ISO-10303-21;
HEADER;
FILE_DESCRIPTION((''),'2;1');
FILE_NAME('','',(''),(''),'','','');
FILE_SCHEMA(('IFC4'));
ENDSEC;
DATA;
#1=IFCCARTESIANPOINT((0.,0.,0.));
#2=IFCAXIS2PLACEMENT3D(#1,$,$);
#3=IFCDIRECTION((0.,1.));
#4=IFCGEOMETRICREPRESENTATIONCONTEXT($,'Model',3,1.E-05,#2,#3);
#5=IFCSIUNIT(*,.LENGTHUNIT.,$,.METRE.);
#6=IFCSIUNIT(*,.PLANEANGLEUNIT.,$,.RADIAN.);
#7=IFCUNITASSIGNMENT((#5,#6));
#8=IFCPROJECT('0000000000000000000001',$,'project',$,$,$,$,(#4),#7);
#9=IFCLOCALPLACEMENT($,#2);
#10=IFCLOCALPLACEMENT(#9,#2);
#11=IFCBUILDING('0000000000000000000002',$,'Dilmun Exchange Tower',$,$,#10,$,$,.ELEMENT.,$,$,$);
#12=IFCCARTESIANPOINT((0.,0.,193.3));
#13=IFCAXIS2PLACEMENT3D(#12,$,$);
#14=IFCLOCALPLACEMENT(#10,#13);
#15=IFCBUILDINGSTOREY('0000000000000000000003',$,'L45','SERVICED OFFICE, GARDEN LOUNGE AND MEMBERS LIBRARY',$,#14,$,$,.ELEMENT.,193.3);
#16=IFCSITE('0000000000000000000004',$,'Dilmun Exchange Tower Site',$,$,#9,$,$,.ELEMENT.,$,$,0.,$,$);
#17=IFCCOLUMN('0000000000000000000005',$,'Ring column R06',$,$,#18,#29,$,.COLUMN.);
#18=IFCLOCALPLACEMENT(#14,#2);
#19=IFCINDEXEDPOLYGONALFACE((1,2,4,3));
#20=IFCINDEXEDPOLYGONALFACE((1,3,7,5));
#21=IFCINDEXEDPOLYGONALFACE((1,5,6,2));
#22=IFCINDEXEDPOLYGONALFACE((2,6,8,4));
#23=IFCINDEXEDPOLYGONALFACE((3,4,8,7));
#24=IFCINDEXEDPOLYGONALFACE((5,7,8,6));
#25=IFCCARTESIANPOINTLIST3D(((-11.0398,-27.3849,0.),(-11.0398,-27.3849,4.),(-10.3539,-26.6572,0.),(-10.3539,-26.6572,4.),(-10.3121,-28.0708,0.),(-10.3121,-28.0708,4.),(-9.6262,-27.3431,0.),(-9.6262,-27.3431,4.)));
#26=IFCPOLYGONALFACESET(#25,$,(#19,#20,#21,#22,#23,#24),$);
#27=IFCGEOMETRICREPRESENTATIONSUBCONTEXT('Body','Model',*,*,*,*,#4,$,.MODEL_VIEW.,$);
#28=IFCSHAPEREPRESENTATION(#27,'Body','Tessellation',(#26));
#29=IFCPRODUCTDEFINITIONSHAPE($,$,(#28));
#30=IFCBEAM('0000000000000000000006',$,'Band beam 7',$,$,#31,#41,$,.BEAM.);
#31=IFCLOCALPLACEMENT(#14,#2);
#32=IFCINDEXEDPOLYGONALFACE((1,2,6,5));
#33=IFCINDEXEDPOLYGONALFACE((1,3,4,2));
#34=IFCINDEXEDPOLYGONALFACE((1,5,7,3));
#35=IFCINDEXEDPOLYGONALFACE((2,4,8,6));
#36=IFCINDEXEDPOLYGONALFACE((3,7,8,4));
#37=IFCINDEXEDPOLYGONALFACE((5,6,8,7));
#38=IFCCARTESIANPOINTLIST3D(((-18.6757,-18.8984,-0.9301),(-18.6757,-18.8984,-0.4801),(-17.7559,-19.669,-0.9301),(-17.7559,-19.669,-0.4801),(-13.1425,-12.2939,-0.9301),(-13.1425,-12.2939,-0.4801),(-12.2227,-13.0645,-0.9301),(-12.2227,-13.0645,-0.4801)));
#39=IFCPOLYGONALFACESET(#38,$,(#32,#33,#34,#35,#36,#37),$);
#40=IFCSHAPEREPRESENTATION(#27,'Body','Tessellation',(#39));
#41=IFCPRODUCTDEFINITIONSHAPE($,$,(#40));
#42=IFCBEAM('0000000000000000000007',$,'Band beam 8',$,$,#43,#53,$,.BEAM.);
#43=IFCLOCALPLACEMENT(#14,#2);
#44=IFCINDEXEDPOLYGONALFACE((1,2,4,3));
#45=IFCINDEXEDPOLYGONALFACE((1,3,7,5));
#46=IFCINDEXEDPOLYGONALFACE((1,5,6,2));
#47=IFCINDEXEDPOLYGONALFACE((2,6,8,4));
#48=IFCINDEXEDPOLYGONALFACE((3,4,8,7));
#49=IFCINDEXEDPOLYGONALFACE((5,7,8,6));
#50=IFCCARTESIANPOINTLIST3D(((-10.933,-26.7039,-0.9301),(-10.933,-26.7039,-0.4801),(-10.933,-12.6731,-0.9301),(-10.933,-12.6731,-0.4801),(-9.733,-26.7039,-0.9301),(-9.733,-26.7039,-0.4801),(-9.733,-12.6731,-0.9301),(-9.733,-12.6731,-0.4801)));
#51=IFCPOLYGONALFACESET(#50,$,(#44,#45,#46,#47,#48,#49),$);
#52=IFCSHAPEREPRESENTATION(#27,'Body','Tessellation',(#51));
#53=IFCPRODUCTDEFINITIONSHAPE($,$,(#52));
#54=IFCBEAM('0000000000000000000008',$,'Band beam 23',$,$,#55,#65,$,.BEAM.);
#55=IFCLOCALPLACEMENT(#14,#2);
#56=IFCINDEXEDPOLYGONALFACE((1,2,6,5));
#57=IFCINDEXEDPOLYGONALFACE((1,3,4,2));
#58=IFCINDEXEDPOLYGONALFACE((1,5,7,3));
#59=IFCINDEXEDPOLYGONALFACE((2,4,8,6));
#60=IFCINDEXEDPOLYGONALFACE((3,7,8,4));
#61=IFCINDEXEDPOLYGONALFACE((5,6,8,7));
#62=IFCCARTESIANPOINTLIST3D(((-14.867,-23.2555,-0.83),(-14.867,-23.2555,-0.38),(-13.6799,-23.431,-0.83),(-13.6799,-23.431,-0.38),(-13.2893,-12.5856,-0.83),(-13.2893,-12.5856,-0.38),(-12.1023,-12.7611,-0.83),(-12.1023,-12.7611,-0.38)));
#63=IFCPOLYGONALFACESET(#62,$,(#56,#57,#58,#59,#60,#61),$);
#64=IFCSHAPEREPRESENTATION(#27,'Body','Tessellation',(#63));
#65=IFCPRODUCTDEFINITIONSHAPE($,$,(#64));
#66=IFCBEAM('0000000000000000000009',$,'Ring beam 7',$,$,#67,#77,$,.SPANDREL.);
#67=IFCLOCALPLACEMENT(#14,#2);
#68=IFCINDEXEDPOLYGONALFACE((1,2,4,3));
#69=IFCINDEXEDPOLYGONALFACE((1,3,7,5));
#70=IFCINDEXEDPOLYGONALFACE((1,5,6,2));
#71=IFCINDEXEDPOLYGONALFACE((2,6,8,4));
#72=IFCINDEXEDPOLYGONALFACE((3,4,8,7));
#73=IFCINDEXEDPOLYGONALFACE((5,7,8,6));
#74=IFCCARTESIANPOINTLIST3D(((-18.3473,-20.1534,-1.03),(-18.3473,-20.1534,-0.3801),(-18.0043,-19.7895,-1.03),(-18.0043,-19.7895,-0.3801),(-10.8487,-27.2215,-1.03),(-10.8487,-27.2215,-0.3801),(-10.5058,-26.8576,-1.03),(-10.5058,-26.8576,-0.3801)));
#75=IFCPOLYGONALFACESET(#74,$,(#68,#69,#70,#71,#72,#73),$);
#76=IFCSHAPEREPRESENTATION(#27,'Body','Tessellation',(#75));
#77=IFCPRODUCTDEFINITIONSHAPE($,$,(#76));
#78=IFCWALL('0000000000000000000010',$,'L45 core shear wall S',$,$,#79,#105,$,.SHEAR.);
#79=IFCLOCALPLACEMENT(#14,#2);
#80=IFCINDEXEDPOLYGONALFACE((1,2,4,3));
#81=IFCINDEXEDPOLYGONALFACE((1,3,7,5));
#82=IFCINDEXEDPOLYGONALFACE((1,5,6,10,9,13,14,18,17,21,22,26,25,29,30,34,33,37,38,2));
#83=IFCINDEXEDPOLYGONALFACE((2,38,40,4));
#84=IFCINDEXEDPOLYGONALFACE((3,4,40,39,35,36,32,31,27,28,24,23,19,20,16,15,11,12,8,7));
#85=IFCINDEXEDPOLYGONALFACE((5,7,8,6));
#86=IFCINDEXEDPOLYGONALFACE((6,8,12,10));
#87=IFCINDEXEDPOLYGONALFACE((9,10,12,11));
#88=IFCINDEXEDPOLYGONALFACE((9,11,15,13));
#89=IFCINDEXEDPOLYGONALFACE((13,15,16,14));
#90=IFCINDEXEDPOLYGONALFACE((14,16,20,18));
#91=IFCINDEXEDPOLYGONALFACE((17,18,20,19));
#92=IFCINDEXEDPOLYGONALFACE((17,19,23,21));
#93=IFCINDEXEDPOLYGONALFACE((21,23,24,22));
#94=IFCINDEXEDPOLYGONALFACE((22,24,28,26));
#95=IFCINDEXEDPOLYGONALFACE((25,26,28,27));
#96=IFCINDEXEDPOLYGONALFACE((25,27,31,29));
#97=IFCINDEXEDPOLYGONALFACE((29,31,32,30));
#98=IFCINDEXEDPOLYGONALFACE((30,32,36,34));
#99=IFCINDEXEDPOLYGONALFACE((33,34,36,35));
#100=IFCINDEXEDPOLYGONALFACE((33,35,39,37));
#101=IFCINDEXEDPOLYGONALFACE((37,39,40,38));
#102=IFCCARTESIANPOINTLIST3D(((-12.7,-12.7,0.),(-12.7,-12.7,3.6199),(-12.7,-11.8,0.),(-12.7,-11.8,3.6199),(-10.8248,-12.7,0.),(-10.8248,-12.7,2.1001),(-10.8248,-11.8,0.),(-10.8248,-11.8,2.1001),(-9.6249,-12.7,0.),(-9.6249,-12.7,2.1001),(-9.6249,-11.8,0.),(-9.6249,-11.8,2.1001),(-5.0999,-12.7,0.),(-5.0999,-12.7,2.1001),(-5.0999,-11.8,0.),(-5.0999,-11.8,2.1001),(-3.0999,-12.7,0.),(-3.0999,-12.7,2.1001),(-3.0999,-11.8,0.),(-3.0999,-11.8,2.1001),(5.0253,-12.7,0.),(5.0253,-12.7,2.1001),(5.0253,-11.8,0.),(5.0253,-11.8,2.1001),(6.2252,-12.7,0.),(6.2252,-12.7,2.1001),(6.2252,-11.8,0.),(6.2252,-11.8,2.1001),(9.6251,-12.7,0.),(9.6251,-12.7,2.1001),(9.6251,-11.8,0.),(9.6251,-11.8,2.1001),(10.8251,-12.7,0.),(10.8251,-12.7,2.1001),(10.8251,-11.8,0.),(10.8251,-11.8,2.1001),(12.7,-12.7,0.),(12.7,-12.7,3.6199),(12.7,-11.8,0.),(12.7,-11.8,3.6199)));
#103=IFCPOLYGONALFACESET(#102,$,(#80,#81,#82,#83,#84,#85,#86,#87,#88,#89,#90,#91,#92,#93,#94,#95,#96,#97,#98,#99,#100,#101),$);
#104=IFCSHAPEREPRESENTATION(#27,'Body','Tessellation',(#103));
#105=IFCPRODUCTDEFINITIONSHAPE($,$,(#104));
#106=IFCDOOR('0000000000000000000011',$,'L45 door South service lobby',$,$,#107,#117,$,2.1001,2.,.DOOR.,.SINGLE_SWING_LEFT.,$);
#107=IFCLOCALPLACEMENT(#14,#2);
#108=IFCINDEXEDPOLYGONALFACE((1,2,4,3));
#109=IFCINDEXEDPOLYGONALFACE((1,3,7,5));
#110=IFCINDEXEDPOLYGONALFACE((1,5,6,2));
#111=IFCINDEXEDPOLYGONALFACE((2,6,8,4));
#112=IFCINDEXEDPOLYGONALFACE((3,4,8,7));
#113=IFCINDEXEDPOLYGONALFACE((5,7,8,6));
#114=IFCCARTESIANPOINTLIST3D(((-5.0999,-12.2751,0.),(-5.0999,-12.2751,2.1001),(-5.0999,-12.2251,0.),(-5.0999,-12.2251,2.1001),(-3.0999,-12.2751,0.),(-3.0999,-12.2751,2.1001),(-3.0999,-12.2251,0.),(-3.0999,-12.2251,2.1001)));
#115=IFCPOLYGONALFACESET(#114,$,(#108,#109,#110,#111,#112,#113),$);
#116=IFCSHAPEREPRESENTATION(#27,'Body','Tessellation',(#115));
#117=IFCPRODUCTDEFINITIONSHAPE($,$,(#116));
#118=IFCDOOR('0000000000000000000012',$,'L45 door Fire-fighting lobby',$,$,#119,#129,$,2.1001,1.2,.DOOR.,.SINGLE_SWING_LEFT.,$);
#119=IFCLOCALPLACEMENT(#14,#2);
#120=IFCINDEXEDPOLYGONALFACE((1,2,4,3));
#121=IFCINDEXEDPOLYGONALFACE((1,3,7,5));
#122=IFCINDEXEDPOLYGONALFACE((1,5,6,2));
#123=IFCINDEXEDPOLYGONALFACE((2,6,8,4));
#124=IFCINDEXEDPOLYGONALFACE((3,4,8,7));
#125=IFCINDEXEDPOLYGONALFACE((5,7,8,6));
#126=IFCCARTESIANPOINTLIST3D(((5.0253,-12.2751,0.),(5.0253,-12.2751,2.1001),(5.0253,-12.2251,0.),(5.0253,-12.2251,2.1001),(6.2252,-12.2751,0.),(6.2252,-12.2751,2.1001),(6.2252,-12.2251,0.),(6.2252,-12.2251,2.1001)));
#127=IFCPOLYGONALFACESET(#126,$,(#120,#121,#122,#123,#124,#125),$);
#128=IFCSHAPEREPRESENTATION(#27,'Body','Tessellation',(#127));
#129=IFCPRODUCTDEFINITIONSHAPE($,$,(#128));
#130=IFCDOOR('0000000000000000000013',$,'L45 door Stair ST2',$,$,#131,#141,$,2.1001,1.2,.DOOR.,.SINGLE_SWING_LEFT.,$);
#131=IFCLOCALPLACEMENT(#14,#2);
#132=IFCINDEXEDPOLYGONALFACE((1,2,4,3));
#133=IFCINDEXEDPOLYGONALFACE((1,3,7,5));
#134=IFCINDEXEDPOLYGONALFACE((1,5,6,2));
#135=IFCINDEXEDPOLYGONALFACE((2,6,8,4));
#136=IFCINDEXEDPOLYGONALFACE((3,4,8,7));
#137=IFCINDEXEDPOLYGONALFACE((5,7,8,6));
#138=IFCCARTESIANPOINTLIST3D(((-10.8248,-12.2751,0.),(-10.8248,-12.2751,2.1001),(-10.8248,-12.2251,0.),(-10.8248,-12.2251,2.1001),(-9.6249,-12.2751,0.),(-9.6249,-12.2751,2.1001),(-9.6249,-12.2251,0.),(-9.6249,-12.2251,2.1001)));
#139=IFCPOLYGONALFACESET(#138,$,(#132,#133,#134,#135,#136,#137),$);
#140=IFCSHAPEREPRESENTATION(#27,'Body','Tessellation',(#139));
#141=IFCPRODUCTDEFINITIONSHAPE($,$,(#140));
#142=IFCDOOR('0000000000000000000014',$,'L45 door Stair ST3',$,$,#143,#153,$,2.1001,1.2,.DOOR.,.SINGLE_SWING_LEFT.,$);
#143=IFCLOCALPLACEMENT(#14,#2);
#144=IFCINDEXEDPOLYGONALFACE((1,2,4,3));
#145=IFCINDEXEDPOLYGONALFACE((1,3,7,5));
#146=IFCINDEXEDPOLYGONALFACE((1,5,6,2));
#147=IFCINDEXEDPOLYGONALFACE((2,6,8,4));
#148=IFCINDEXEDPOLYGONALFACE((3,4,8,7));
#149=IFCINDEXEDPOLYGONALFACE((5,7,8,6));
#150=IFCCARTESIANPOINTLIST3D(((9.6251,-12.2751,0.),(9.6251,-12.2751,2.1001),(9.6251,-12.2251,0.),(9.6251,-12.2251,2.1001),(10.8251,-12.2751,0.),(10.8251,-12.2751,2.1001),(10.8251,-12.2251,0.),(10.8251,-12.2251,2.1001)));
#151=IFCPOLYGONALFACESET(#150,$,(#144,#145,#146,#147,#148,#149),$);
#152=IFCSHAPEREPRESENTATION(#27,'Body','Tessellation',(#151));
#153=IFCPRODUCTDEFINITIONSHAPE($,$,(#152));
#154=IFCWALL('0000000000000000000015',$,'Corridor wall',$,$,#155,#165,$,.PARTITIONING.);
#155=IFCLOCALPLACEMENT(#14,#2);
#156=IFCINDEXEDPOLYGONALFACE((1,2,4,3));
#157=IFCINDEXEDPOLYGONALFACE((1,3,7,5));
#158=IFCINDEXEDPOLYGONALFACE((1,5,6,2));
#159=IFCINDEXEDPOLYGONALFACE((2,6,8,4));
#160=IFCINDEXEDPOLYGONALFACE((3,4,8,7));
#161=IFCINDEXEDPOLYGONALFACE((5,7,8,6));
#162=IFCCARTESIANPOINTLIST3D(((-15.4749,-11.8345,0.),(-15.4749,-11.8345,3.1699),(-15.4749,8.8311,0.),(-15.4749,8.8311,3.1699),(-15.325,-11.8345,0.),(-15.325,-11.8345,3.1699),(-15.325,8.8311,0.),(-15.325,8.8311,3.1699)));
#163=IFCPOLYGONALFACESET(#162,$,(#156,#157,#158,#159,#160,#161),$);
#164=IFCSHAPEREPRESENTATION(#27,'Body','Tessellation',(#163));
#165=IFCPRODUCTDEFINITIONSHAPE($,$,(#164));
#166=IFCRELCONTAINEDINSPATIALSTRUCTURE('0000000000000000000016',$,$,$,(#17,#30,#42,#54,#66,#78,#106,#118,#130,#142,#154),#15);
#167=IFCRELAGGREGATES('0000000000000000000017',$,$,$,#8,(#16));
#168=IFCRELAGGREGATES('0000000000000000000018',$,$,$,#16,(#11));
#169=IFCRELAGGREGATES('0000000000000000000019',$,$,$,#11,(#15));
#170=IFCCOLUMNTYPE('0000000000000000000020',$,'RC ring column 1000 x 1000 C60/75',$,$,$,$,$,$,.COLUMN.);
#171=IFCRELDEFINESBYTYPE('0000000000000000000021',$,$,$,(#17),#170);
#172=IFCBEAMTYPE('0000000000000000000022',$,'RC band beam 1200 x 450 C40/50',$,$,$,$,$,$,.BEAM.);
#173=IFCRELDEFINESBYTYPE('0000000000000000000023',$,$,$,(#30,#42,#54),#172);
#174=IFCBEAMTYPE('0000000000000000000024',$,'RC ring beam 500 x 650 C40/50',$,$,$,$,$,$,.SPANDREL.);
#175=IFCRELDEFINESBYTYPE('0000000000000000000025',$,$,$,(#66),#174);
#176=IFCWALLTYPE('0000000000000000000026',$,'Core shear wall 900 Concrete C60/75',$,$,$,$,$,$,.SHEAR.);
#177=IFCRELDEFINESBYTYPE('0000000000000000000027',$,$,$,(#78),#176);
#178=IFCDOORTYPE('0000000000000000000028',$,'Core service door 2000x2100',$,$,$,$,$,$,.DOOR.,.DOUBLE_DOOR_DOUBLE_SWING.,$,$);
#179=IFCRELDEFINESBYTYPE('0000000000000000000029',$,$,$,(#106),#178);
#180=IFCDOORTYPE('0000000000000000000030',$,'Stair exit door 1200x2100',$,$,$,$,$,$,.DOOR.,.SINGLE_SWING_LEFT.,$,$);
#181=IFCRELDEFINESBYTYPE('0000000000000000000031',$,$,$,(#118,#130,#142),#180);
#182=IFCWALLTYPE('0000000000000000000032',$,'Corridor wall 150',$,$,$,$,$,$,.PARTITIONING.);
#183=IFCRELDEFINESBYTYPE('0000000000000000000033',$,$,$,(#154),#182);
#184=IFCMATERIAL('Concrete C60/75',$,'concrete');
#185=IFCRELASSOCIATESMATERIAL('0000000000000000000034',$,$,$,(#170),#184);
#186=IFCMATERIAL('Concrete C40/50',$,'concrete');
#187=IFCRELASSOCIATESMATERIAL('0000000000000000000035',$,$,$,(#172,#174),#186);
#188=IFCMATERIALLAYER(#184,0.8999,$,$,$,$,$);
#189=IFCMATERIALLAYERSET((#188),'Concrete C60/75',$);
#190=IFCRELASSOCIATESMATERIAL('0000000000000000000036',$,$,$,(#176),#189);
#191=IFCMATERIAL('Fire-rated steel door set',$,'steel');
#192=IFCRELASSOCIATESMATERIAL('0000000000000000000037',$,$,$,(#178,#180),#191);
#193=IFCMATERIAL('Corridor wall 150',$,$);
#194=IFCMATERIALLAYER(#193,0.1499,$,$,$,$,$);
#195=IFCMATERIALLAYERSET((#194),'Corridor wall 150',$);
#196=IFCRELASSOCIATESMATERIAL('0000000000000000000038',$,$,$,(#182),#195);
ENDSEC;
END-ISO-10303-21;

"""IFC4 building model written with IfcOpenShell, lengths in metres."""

from ifc_helpers import new_model, si_unit, direction, frame, frame_2d, origin, origin_2d, place, context, subcontext, project, spatial, rectangle, extrude, material, layer, layer_set, material_profile, profile_set, type_object, element, fill, save


model = new_model("IFC4")

# Units and contexts
model_context = context("Model", 3, precision=1e-05, world=origin(), true_north=direction((0.0, 1.0)))
body_context = subcontext(model_context, "Body", "Model", "MODEL_VIEW")
ifc_project = project(units=[si_unit("LENGTHUNIT", "METRE"), si_unit("PLANEANGLEUNIT", "RADIAN")], contexts=[model_context])

# Site, building, storey
site_placement = place(None, origin())
site = spatial("IfcSite", under=ifc_project, at=site_placement, Name="Dilmun Exchange Tower Site", CompositionType="ELEMENT", RefElevation=0.0)
building_placement = place(site_placement, origin())
building = spatial("IfcBuilding", under=site, at=building_placement, Name="Dilmun Exchange Tower", CompositionType="ELEMENT")
storey_placement = place(building_placement, frame((0.0, 0.0, 193.3)))
storey = spatial("IfcBuildingStorey", under=building, at=storey_placement, Name="L45", Description="SERVICED OFFICE, GARDEN LOUNGE AND MEMBERS LIBRARY", CompositionType="ELEMENT", Elevation=193.3)

# Column
ifc_material_1 = material(Name="Concrete C60/75", Category="concrete")
ifc_material_profile_1 = material_profile(ifc_material_1, rectangle(XDim=1.0, YDim=1.0, at=origin_2d()), Name="1000 x 1000")
ifc_profile_set_1 = profile_set([ifc_material_profile_1], Name="Concrete C60/75")
column_type = type_object("IfcColumnType", Name="RC ring column 1000 x 1000 C60/75", PredefinedType="COLUMN", material=ifc_profile_set_1)
column_placement = place(storey_placement, frame((-10.333, -27.364, 0.0), z_axis=(0.0, 0.0, 1.0), x_axis=(0.685916, 0.727681, 0.0)))
element("IfcColumn", 1, at=column_placement, inside=storey, type_object=column_type, Name="Ring column R06", PredefinedType="COLUMN", context=body_context, shape_type="SweptSolid", body=[
    extrude(rectangle(XDim=1.0, YDim=1.0, at=origin_2d()), origin(), (0.0, 0.0, 1.0), 4.0),
])

# Beams
ifc_material_2 = material(Name="Concrete C40/50", Category="concrete")
ifc_material_profile_2 = material_profile(ifc_material_2, rectangle(XDim=1.2, YDim=0.45, at=origin_2d()), Name="1200 x 450")
ifc_profile_set_2 = profile_set([ifc_material_profile_2], Name="Concrete C40/50")
beam_type_1 = type_object("IfcBeamType", Name="RC band beam 1200 x 450 C40/50", PredefinedType="BEAM", material=ifc_profile_set_2)
beam_1_placement = place(storey_placement, frame((-18.2158, -19.2837, -0.7051), z_axis=(0.6422, 0.766537, 0.0), x_axis=(-0.766537, 0.6422, 0.0)))
element("IfcBeam", 2, at=beam_1_placement, inside=storey, type_object=beam_type_1, Name="Band beam 7", PredefinedType="BEAM", context=body_context, shape_type="SweptSolid", body=[
    extrude(rectangle(XDim=1.2, YDim=0.45, at=origin_2d()), origin(), (0.0, 0.0, 1.0), 8.616),
])
beam_2_placement = place(storey_placement, frame((-10.333, -26.7039, -0.7051), z_axis=(0.0, 1.0, 0.0), x_axis=(-1.0, 0.0, 0.0)))
element("IfcBeam", 3, at=beam_2_placement, inside=storey, type_object=beam_type_1, Name="Band beam 8", PredefinedType="BEAM", context=body_context, shape_type="SweptSolid", body=[
    extrude(rectangle(XDim=1.2, YDim=0.45, at=origin_2d()), origin(), (0.0, 0.0, 1.0), 14.0308),
])
beam_3_placement = place(storey_placement, frame((-14.2734, -23.3433, -0.605), z_axis=(0.146268, 0.989245, 0.0), x_axis=(-0.989245, 0.146268, 0.0)))
element("IfcBeam", 4, at=beam_3_placement, inside=storey, type_object=beam_type_1, Name="Band beam 23", PredefinedType="BEAM", context=body_context, shape_type="SweptSolid", body=[
    extrude(rectangle(XDim=1.2, YDim=0.45, at=origin_2d()), origin(), (0.0, 0.0, 1.0), 10.7859),
])
ifc_material_profile_3 = material_profile(ifc_material_2, rectangle(XDim=0.5, YDim=0.6499, at=origin_2d()), Name="500 x 650")
ifc_profile_set_3 = profile_set([ifc_material_profile_3], Name="Concrete C40/50")
beam_type_2 = type_object("IfcBeamType", Name="RC ring beam 500 x 650 C40/50", PredefinedType="SPANDREL", material=ifc_profile_set_3)
beam_4_placement = place(storey_placement, frame((-18.1758, -19.9714, -0.7051), z_axis=(0.727683, -0.685914, 0.0), x_axis=(0.685914, 0.727683, 0.0)))
element("IfcBeam", 5, at=beam_4_placement, inside=storey, type_object=beam_type_2, Name="Ring beam 7", PredefinedType="SPANDREL", context=body_context, shape_type="SweptSolid", body=[
    extrude(rectangle(XDim=0.5, YDim=0.6499, at=origin_2d()), origin(), (0.0, 0.0, 1.0), 10.3047),
])

# Wall, openings, doors
ifc_layer_1 = layer(ifc_material_1, 0.8999)
ifc_layer_set_1 = layer_set([ifc_layer_1], Name="Concrete C60/75")
wall_type_1 = type_object("IfcWallType", Name="Core shear wall 900 Concrete C60/75", PredefinedType="SHEAR", material=ifc_layer_set_1)
wall_1_placement = place(storey_placement, frame((-12.7, -12.25, 0.0), z_axis=(0.0, 0.0, 1.0), x_axis=(1.0, 0.0, 0.0)))
wall_1 = element("IfcWall", 6, at=wall_1_placement, inside=storey, type_object=wall_type_1, Name="L45 core shear wall S", PredefinedType="SHEAR", context=body_context, shape_type="SweptSolid", body=[
    extrude(rectangle(XDim=25.3999, YDim=0.8999, at=frame_2d((12.7, 0.0))), origin(), (0.0, 0.0, 1.0), 3.6199),
])
opening_1_placement = place(wall_1_placement, frame((7.6001, 0.0, 0.0)))
opening_1 = element("IfcOpeningElement", 7, at=opening_1_placement, cuts=wall_1, PredefinedType="OPENING", context=body_context, shape_type="SweptSolid", body=[
    extrude(rectangle(XDim=2.0, YDim=2.1001, at=frame_2d((1.0, 1.05))), frame((0.0, 0.46, 0.0), z_axis=(0.0, -1.0, 0.0), x_axis=(1.0, 0.0, 0.0)), (0.0, 0.0, 1.0), 0.9199),
])
opening_2_placement = place(wall_1_placement, frame((17.7251, 0.0, 0.0)))
opening_2 = element("IfcOpeningElement", 8, at=opening_2_placement, cuts=wall_1, PredefinedType="OPENING", context=body_context, shape_type="SweptSolid", body=[
    extrude(rectangle(XDim=1.2, YDim=2.1001, at=frame_2d((0.6001, 1.05))), frame((0.0, 0.46, 0.0), z_axis=(0.0, -1.0, 0.0), x_axis=(1.0, 0.0, 0.0)), (0.0, 0.0, 1.0), 0.9199),
])
opening_3_placement = place(wall_1_placement, frame((1.875, 0.0, 0.0)))
opening_3 = element("IfcOpeningElement", 9, at=opening_3_placement, cuts=wall_1, PredefinedType="OPENING", context=body_context, shape_type="SweptSolid", body=[
    extrude(rectangle(XDim=1.2, YDim=2.1001, at=frame_2d((0.6001, 1.05))), frame((0.0, 0.46, 0.0), z_axis=(0.0, -1.0, 0.0), x_axis=(1.0, 0.0, 0.0)), (0.0, 0.0, 1.0), 0.9199),
])
opening_4_placement = place(wall_1_placement, frame((22.325, 0.0, 0.0)))
opening_4 = element("IfcOpeningElement", 10, at=opening_4_placement, cuts=wall_1, PredefinedType="OPENING", context=body_context, shape_type="SweptSolid", body=[
    extrude(rectangle(XDim=1.2, YDim=2.1001, at=frame_2d((0.6001, 1.05))), frame((0.0, 0.46, 0.0), z_axis=(0.0, -1.0, 0.0), x_axis=(1.0, 0.0, 0.0)), (0.0, 0.0, 1.0), 0.9199),
])
ifc_material_3 = material(Name="Fire-rated steel door set", Category="steel")
door_type_1 = type_object("IfcDoorType", Name="Core service door 2000x2100", OperationType="DOUBLE_DOOR_DOUBLE_SWING", PredefinedType="DOOR", material=ifc_material_3)
door_1_placement = place(opening_1_placement, origin())
door_1 = element("IfcDoor", 11, at=door_1_placement, inside=storey, type_object=door_type_1, Name="L45 door South service lobby", OperationType="SINGLE_SWING_LEFT", OverallHeight=2.1001, OverallWidth=2.0, PredefinedType="DOOR", context=body_context, shape_type="SweptSolid", body=[
    extrude(rectangle(XDim=2.0, YDim=2.1001, at=frame_2d((1.0, 1.05))), frame((0.0, 0.0249, 0.0), z_axis=(0.0, -1.0, 0.0), x_axis=(1.0, 0.0, 0.0)), (0.0, 0.0, 1.0), 0.05),
])
fill(opening_1, door_1)
door_type_2 = type_object("IfcDoorType", Name="Stair exit door 1200x2100", OperationType="SINGLE_SWING_LEFT", PredefinedType="DOOR", material=ifc_material_3)
door_2_placement = place(opening_2_placement, origin())
door_2 = element("IfcDoor", 12, at=door_2_placement, inside=storey, type_object=door_type_2, Name="L45 door Fire-fighting lobby", OperationType="SINGLE_SWING_LEFT", OverallHeight=2.1001, OverallWidth=1.2, PredefinedType="DOOR", context=body_context, shape_type="SweptSolid", body=[
    extrude(rectangle(XDim=1.2, YDim=2.1001, at=frame_2d((0.6001, 1.05))), frame((0.0, 0.0249, 0.0), z_axis=(0.0, -1.0, 0.0), x_axis=(1.0, 0.0, 0.0)), (0.0, 0.0, 1.0), 0.05),
])
fill(opening_2, door_2)
door_3_placement = place(opening_3_placement, origin())
door_3 = element("IfcDoor", 13, at=door_3_placement, inside=storey, type_object=door_type_2, Name="L45 door Stair ST2", OperationType="SINGLE_SWING_LEFT", OverallHeight=2.1001, OverallWidth=1.2, PredefinedType="DOOR", context=body_context, shape_type="SweptSolid", body=[
    extrude(rectangle(XDim=1.2, YDim=2.1001, at=frame_2d((0.6001, 1.05))), frame((0.0, 0.0249, 0.0), z_axis=(0.0, -1.0, 0.0), x_axis=(1.0, 0.0, 0.0)), (0.0, 0.0, 1.0), 0.05),
])
fill(opening_3, door_3)
door_4_placement = place(opening_4_placement, origin())
door_4 = element("IfcDoor", 14, at=door_4_placement, inside=storey, type_object=door_type_2, Name="L45 door Stair ST3", OperationType="SINGLE_SWING_LEFT", OverallHeight=2.1001, OverallWidth=1.2, PredefinedType="DOOR", context=body_context, shape_type="SweptSolid", body=[
    extrude(rectangle(XDim=1.2, YDim=2.1001, at=frame_2d((0.6001, 1.05))), frame((0.0, 0.0249, 0.0), z_axis=(0.0, -1.0, 0.0), x_axis=(1.0, 0.0, 0.0)), (0.0, 0.0, 1.0), 0.05),
])
fill(opening_4, door_4)

# Wall
ifc_material_4 = material(Name="Corridor wall 150")
ifc_layer_2 = layer(ifc_material_4, 0.1499)
ifc_layer_set_2 = layer_set([ifc_layer_2], Name="Corridor wall 150")
wall_type_2 = type_object("IfcWallType", Name="Corridor wall 150", PredefinedType="PARTITIONING", material=ifc_layer_set_2)
wall_2_placement = place(storey_placement, frame((-15.3999, -11.8345, 0.0), z_axis=(0.0, 0.0, 1.0), x_axis=(0.0, 1.0, 0.0)))
element("IfcWall", 15, at=wall_2_placement, inside=storey, type_object=wall_type_2, Name="Corridor wall", PredefinedType="PARTITIONING", context=body_context, shape_type="SweptSolid", body=[
    extrude(rectangle(XDim=20.6655, YDim=0.1499, at=frame_2d((10.3328, 0.0))), origin(), (0.0, 0.0, 1.0), 3.1699),
])

save(model, "model.ifc")
